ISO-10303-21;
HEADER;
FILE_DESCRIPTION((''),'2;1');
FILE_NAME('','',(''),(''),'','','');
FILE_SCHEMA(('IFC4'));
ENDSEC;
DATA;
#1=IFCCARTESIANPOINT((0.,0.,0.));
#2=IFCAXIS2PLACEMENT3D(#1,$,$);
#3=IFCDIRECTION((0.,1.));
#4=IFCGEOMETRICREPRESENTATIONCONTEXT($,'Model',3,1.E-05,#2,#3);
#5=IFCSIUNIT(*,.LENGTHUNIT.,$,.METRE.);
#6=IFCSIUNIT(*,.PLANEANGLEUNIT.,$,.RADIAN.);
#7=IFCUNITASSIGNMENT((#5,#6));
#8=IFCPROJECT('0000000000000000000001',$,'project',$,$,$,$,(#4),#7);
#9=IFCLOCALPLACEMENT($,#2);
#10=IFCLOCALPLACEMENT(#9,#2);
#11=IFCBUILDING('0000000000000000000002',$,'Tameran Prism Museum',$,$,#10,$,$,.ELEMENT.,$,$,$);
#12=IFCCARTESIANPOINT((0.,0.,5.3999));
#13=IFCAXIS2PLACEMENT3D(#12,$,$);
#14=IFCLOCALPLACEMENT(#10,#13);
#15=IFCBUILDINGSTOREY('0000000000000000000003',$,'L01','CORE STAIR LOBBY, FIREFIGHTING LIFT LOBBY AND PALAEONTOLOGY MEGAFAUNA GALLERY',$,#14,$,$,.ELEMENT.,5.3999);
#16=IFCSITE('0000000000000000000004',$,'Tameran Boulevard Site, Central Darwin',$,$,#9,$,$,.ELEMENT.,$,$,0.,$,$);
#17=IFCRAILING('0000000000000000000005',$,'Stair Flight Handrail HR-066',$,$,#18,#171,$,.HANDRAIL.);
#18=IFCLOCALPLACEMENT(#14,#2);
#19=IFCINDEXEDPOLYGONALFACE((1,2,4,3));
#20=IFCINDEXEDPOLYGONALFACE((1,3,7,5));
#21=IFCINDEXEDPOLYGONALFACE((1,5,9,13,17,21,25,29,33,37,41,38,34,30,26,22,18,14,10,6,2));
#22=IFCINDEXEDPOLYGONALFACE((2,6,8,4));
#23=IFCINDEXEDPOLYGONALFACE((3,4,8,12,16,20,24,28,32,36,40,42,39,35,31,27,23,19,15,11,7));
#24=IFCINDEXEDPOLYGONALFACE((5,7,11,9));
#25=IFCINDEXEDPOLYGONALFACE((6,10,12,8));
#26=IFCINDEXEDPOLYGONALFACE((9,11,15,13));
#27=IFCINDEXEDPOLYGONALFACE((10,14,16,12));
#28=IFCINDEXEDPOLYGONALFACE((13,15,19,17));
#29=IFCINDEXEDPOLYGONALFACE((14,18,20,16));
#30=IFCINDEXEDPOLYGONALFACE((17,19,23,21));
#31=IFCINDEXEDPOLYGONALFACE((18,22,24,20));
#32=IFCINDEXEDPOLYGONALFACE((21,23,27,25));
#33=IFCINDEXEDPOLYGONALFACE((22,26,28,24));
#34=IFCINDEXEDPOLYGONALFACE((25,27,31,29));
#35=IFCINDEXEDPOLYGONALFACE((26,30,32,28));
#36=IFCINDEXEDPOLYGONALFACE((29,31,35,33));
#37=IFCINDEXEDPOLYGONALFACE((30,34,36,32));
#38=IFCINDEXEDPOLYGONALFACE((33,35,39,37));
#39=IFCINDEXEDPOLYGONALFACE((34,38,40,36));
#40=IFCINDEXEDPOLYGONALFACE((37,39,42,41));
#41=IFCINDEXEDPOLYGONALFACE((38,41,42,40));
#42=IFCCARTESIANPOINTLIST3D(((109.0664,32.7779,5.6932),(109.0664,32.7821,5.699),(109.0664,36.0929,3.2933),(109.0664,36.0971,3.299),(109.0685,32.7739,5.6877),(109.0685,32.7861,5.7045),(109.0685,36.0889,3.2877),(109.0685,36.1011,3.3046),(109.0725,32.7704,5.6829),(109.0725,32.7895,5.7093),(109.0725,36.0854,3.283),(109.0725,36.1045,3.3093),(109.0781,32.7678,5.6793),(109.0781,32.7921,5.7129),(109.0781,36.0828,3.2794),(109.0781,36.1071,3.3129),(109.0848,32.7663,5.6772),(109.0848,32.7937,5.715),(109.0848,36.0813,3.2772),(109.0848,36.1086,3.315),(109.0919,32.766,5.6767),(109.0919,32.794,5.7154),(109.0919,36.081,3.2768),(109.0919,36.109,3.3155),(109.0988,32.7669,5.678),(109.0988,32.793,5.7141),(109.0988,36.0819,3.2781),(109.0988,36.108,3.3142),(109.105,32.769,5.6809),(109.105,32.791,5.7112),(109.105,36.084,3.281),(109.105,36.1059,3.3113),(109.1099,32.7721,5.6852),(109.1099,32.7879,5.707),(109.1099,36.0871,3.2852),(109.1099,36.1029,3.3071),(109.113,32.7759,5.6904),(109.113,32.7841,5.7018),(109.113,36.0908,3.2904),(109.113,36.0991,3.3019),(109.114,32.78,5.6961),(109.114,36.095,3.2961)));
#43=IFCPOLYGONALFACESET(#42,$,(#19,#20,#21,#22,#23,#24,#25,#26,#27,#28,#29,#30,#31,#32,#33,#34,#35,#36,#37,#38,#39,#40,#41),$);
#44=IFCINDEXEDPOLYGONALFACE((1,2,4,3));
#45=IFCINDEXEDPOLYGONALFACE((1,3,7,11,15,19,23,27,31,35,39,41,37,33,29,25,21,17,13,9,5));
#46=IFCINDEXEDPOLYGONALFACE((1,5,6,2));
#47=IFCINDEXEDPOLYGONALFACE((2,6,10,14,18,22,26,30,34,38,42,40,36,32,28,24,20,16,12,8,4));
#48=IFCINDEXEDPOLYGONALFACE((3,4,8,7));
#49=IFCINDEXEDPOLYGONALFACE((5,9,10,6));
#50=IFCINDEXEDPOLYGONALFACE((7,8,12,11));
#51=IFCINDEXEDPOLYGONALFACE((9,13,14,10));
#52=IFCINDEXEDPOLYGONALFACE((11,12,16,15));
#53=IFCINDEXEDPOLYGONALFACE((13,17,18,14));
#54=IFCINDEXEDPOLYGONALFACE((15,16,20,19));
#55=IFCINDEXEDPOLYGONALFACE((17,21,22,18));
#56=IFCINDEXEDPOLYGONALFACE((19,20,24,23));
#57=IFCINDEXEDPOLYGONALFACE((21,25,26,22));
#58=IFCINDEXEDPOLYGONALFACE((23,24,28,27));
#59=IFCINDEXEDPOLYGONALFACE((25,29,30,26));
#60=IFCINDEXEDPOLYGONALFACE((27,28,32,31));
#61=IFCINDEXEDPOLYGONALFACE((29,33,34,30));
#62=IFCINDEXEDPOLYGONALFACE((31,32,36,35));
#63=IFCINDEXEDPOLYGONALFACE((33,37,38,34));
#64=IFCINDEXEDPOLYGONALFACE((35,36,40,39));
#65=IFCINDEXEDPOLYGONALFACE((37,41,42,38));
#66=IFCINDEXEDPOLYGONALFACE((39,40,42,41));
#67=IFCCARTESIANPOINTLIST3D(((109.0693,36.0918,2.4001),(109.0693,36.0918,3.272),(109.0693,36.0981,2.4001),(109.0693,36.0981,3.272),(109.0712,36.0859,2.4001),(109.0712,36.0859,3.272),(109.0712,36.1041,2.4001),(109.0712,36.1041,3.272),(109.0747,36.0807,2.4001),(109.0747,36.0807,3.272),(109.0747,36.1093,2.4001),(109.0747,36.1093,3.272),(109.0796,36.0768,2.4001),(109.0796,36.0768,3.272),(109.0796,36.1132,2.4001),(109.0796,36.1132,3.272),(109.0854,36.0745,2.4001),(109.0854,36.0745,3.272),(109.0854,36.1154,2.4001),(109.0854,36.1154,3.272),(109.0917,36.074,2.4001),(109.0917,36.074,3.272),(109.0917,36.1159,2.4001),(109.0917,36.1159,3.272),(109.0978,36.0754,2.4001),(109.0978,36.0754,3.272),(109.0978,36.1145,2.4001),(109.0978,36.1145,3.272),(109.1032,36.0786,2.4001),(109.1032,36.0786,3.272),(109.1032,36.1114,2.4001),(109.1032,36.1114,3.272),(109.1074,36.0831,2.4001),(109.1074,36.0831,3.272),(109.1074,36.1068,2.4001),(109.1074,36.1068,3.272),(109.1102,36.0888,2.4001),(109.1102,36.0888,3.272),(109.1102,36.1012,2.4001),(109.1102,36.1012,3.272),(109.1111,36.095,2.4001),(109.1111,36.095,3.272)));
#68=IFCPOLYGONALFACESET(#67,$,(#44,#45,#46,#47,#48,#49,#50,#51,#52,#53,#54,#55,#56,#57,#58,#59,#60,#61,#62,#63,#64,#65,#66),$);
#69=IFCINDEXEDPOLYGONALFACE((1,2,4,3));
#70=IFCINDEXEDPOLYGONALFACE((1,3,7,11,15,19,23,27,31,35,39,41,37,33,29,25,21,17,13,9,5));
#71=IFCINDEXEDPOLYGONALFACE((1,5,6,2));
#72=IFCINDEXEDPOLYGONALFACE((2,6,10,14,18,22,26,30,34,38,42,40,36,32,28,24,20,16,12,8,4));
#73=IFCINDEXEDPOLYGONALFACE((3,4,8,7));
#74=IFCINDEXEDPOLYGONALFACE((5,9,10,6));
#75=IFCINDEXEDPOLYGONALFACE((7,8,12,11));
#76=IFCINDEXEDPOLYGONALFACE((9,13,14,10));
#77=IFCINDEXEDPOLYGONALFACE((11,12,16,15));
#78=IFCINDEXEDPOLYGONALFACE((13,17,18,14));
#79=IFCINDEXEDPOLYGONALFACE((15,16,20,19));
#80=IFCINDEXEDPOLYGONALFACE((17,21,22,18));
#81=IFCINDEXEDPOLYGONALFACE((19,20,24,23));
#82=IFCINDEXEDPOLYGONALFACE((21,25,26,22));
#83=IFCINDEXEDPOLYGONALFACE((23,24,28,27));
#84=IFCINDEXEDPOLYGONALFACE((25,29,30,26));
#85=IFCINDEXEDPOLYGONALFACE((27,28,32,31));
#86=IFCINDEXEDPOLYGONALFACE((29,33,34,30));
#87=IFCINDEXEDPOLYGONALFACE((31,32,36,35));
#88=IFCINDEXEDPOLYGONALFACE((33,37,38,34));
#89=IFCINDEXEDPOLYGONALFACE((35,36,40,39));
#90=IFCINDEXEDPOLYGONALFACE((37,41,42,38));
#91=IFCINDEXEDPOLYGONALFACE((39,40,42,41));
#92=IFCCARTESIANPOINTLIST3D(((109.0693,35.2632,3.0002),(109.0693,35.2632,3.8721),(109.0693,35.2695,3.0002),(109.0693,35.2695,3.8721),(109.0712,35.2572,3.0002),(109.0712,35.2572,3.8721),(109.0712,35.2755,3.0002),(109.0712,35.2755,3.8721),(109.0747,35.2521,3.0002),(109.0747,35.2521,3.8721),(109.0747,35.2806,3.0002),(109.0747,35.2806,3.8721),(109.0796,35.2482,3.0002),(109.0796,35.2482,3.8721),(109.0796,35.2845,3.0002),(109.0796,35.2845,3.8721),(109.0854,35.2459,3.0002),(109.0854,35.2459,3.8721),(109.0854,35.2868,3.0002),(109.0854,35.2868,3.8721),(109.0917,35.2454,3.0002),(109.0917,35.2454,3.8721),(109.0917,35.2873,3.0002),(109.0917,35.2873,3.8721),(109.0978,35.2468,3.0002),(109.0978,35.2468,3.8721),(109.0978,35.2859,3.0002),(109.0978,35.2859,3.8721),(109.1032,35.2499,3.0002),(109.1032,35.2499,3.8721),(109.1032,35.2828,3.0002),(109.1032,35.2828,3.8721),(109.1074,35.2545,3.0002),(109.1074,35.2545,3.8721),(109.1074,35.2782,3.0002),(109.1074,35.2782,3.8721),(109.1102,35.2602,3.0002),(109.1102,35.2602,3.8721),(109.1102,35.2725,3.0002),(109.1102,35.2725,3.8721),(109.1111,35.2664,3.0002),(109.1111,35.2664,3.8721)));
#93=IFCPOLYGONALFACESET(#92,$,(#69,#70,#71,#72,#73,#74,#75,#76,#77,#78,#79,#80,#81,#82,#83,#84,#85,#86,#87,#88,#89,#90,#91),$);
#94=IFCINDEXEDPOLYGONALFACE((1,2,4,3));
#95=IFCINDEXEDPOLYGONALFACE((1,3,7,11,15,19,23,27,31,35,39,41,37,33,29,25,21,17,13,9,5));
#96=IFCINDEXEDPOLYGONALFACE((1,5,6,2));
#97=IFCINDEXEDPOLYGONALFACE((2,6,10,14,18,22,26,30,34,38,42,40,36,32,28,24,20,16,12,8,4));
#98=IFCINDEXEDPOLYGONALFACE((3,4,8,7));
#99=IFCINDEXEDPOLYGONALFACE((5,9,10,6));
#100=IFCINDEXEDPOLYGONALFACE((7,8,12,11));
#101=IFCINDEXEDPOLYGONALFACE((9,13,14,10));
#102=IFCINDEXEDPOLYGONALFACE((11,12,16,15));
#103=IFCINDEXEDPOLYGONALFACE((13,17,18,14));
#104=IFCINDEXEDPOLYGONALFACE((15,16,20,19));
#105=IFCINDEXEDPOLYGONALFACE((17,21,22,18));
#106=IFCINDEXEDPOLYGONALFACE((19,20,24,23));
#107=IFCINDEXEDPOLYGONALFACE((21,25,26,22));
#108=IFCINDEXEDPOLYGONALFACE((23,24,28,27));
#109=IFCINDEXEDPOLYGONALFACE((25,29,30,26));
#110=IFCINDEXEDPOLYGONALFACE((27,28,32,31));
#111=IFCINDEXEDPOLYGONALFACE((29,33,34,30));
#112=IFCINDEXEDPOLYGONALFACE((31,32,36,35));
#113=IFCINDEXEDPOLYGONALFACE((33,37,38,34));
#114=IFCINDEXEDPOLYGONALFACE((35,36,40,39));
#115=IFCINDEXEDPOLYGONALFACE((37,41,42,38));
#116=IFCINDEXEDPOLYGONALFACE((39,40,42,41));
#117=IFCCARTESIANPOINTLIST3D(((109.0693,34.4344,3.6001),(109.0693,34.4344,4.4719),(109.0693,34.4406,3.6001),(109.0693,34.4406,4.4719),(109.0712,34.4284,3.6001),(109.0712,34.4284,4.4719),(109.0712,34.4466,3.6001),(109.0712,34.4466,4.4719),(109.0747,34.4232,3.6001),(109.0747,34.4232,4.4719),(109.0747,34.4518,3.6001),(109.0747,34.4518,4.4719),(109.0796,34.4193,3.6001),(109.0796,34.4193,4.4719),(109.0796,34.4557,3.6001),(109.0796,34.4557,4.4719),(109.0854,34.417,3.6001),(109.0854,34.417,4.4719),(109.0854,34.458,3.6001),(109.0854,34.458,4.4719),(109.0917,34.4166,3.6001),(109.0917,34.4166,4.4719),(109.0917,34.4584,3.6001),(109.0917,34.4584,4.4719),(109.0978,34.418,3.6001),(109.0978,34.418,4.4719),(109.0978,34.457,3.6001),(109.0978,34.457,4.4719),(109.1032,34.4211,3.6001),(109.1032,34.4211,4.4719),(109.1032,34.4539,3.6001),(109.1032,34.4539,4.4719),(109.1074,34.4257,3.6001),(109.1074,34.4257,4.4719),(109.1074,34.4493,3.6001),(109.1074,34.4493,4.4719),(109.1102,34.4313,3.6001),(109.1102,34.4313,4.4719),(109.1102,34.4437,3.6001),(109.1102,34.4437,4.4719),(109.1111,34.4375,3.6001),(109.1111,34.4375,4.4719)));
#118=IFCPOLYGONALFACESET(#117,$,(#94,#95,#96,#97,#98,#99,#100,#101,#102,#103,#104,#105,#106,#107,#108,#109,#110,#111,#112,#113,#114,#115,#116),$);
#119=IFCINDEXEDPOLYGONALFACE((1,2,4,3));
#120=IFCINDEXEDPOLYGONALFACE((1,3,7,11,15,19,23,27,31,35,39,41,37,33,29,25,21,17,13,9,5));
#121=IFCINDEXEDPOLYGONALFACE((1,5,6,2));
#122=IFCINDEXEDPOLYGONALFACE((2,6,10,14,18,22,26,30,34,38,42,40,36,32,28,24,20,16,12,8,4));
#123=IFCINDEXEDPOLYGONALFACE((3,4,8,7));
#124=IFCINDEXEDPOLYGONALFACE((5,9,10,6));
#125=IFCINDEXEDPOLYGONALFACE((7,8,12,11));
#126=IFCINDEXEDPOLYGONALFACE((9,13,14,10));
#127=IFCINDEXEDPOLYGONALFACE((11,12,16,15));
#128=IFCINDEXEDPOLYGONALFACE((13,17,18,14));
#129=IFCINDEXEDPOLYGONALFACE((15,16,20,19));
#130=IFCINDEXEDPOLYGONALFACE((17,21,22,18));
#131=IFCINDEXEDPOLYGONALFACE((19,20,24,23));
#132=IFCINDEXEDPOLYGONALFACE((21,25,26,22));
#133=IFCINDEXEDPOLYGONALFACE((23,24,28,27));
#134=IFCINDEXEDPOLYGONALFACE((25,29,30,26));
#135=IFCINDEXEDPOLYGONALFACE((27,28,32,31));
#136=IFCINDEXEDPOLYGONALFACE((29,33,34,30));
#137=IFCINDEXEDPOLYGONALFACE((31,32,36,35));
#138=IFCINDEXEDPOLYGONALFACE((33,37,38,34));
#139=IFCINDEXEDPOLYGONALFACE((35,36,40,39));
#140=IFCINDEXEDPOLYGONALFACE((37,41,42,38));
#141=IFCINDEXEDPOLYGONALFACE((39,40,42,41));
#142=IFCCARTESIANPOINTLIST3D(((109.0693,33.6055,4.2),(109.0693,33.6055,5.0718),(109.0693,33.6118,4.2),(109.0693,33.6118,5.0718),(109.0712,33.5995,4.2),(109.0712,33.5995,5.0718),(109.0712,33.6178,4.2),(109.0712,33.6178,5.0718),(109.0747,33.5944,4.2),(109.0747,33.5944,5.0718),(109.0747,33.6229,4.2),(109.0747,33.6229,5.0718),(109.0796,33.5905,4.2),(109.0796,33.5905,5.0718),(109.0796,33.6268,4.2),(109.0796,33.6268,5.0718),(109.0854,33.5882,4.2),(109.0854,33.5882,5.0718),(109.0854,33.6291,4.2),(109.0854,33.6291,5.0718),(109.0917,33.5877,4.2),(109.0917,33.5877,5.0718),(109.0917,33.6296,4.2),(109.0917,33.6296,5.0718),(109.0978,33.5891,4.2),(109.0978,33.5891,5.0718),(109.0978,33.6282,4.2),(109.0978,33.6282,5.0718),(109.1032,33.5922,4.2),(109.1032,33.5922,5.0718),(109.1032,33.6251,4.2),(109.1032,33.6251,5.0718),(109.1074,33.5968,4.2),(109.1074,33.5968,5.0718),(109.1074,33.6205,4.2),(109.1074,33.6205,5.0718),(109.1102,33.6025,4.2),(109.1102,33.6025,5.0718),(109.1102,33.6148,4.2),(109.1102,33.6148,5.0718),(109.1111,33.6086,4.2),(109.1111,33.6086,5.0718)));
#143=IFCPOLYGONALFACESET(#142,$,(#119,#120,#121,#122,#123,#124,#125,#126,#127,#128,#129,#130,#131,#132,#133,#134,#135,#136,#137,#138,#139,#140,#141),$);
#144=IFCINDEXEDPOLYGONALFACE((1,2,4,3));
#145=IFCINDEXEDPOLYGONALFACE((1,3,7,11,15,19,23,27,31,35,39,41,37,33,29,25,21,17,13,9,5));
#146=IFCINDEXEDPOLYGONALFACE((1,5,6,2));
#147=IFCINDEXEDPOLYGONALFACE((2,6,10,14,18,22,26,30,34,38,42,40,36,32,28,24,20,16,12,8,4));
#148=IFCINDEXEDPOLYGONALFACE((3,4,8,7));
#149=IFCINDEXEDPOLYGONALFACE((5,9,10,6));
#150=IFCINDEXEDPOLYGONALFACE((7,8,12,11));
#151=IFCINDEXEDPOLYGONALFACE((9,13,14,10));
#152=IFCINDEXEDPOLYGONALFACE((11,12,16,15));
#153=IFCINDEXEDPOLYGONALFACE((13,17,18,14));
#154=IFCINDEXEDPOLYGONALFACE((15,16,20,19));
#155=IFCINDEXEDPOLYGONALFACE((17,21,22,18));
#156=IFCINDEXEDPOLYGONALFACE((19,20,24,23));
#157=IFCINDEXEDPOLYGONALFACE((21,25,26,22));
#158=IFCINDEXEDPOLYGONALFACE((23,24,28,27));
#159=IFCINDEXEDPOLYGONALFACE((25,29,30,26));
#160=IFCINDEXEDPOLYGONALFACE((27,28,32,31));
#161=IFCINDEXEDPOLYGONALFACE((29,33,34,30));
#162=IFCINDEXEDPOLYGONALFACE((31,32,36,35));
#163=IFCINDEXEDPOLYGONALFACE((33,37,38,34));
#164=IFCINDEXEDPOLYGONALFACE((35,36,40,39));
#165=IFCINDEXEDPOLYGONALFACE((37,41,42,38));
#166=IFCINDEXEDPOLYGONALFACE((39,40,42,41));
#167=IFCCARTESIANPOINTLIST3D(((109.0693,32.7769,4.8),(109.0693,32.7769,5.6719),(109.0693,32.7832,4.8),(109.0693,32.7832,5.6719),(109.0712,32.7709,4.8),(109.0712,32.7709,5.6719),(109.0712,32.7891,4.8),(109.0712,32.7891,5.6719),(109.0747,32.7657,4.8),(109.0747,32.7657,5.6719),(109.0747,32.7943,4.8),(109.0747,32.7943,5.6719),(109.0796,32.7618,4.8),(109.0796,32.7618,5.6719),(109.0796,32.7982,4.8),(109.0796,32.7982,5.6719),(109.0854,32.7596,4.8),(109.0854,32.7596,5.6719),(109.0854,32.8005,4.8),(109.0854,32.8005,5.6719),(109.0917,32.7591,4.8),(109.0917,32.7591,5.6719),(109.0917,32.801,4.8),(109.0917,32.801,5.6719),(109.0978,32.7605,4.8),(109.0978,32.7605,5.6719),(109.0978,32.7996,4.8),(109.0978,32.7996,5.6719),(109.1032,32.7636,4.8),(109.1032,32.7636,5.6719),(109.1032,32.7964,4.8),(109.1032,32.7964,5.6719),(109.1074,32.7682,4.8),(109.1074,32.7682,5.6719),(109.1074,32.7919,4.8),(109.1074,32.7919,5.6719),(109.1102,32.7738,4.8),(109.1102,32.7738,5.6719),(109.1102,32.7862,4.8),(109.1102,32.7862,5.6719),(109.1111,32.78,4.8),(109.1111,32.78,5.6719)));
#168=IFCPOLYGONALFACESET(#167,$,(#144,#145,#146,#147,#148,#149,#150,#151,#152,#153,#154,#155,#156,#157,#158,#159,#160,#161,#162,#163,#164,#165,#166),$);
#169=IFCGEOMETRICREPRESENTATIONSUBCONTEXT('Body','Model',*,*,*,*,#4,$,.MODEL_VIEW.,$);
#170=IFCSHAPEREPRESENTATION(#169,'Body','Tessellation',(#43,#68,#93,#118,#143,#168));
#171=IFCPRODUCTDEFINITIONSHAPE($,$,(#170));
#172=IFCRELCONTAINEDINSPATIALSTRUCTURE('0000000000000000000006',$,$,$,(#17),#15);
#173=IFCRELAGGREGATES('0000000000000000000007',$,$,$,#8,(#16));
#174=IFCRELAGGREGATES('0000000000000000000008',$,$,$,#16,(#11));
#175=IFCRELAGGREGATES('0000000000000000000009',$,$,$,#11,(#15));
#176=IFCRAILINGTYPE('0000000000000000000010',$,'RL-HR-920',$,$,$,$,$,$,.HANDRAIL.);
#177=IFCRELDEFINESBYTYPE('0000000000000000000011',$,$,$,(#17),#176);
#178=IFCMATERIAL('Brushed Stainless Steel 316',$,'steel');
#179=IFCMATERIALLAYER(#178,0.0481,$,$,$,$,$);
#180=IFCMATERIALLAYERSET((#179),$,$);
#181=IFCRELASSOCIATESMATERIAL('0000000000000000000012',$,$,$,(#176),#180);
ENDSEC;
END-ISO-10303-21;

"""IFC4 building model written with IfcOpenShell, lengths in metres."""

from ifc_helpers import new_model, si_unit, direction, frame, origin, origin_2d, place, context, subcontext, project, spatial, circle, extrude, material, layer, layer_set, type_object, element, save


model = new_model("IFC4")

# Units and contexts
model_context = context("Model", 3, precision=1e-05, world=origin(), true_north=direction((0.0, 1.0)))
body_context = subcontext(model_context, "Body", "Model", "MODEL_VIEW")
ifc_project = project(units=[si_unit("LENGTHUNIT", "METRE"), si_unit("PLANEANGLEUNIT", "RADIAN")], contexts=[model_context])

# Site, building, storey
site_placement = place(None, origin())
site = spatial("IfcSite", under=ifc_project, at=site_placement, Name="Tameran Boulevard Site, Central Darwin", CompositionType="ELEMENT", RefElevation=0.0)
building_placement = place(site_placement, origin())
building = spatial("IfcBuilding", under=site, at=building_placement, Name="Tameran Prism Museum", CompositionType="ELEMENT")
storey_placement = place(building_placement, frame((0.0, 0.0, 5.3999)))
storey = spatial("IfcBuildingStorey", under=building, at=storey_placement, Name="L01", Description="CORE STAIR LOBBY, FIREFIGHTING LIFT LOBBY AND PALAEONTOLOGY MEGAFAUNA GALLERY", CompositionType="ELEMENT", Elevation=5.3999)

# Railing
ifc_material_1 = material(Name="Brushed Stainless Steel 316", Category="steel")
ifc_layer_1 = layer(ifc_material_1, 0.0481)
ifc_layer_set_1 = layer_set([ifc_layer_1])
railing_type_1 = type_object("IfcRailingType", Name="RL-HR-920", PredefinedType="HANDRAIL", material=ifc_layer_set_1)
railing_1_placement = place(storey_placement, frame((109.0901, 36.095, 2.4001)))
element("IfcRailing", 1, at=railing_1_placement, inside=storey, type_object=railing_type_1, Name="Stair Flight Handrail HR-066", PredefinedType="HANDRAIL", context=body_context, shape_type="SweptSolid", body=[
    extrude(circle(Radius=0.0239, at=origin_2d()), frame((0.0, 0.0, 0.896), z_axis=(0.0, -0.810009, 0.586418), x_axis=(1.0, 0.0, 0.0)), (0.0, 0.0, 1.0), 4.0925),
    extrude(circle(Radius=0.021, at=origin_2d()), origin(), (0.0, 0.0, 1.0), 0.8718),
    extrude(circle(Radius=0.021, at=origin_2d()), frame((0.0, -0.8286, 0.6001)), (0.0, 0.0, 1.0), 0.8718),
    extrude(circle(Radius=0.021, at=origin_2d()), frame((0.0, -1.6575, 1.2)), (0.0, 0.0, 1.0), 0.8718),
    extrude(circle(Radius=0.021, at=origin_2d()), frame((0.0, -2.4863, 1.7998)), (0.0, 0.0, 1.0), 0.8718),
    extrude(circle(Radius=0.021, at=origin_2d()), frame((0.0, -3.3149, 2.3999)), (0.0, 0.0, 1.0), 0.8718),
])

save(model, "model.ifc")
